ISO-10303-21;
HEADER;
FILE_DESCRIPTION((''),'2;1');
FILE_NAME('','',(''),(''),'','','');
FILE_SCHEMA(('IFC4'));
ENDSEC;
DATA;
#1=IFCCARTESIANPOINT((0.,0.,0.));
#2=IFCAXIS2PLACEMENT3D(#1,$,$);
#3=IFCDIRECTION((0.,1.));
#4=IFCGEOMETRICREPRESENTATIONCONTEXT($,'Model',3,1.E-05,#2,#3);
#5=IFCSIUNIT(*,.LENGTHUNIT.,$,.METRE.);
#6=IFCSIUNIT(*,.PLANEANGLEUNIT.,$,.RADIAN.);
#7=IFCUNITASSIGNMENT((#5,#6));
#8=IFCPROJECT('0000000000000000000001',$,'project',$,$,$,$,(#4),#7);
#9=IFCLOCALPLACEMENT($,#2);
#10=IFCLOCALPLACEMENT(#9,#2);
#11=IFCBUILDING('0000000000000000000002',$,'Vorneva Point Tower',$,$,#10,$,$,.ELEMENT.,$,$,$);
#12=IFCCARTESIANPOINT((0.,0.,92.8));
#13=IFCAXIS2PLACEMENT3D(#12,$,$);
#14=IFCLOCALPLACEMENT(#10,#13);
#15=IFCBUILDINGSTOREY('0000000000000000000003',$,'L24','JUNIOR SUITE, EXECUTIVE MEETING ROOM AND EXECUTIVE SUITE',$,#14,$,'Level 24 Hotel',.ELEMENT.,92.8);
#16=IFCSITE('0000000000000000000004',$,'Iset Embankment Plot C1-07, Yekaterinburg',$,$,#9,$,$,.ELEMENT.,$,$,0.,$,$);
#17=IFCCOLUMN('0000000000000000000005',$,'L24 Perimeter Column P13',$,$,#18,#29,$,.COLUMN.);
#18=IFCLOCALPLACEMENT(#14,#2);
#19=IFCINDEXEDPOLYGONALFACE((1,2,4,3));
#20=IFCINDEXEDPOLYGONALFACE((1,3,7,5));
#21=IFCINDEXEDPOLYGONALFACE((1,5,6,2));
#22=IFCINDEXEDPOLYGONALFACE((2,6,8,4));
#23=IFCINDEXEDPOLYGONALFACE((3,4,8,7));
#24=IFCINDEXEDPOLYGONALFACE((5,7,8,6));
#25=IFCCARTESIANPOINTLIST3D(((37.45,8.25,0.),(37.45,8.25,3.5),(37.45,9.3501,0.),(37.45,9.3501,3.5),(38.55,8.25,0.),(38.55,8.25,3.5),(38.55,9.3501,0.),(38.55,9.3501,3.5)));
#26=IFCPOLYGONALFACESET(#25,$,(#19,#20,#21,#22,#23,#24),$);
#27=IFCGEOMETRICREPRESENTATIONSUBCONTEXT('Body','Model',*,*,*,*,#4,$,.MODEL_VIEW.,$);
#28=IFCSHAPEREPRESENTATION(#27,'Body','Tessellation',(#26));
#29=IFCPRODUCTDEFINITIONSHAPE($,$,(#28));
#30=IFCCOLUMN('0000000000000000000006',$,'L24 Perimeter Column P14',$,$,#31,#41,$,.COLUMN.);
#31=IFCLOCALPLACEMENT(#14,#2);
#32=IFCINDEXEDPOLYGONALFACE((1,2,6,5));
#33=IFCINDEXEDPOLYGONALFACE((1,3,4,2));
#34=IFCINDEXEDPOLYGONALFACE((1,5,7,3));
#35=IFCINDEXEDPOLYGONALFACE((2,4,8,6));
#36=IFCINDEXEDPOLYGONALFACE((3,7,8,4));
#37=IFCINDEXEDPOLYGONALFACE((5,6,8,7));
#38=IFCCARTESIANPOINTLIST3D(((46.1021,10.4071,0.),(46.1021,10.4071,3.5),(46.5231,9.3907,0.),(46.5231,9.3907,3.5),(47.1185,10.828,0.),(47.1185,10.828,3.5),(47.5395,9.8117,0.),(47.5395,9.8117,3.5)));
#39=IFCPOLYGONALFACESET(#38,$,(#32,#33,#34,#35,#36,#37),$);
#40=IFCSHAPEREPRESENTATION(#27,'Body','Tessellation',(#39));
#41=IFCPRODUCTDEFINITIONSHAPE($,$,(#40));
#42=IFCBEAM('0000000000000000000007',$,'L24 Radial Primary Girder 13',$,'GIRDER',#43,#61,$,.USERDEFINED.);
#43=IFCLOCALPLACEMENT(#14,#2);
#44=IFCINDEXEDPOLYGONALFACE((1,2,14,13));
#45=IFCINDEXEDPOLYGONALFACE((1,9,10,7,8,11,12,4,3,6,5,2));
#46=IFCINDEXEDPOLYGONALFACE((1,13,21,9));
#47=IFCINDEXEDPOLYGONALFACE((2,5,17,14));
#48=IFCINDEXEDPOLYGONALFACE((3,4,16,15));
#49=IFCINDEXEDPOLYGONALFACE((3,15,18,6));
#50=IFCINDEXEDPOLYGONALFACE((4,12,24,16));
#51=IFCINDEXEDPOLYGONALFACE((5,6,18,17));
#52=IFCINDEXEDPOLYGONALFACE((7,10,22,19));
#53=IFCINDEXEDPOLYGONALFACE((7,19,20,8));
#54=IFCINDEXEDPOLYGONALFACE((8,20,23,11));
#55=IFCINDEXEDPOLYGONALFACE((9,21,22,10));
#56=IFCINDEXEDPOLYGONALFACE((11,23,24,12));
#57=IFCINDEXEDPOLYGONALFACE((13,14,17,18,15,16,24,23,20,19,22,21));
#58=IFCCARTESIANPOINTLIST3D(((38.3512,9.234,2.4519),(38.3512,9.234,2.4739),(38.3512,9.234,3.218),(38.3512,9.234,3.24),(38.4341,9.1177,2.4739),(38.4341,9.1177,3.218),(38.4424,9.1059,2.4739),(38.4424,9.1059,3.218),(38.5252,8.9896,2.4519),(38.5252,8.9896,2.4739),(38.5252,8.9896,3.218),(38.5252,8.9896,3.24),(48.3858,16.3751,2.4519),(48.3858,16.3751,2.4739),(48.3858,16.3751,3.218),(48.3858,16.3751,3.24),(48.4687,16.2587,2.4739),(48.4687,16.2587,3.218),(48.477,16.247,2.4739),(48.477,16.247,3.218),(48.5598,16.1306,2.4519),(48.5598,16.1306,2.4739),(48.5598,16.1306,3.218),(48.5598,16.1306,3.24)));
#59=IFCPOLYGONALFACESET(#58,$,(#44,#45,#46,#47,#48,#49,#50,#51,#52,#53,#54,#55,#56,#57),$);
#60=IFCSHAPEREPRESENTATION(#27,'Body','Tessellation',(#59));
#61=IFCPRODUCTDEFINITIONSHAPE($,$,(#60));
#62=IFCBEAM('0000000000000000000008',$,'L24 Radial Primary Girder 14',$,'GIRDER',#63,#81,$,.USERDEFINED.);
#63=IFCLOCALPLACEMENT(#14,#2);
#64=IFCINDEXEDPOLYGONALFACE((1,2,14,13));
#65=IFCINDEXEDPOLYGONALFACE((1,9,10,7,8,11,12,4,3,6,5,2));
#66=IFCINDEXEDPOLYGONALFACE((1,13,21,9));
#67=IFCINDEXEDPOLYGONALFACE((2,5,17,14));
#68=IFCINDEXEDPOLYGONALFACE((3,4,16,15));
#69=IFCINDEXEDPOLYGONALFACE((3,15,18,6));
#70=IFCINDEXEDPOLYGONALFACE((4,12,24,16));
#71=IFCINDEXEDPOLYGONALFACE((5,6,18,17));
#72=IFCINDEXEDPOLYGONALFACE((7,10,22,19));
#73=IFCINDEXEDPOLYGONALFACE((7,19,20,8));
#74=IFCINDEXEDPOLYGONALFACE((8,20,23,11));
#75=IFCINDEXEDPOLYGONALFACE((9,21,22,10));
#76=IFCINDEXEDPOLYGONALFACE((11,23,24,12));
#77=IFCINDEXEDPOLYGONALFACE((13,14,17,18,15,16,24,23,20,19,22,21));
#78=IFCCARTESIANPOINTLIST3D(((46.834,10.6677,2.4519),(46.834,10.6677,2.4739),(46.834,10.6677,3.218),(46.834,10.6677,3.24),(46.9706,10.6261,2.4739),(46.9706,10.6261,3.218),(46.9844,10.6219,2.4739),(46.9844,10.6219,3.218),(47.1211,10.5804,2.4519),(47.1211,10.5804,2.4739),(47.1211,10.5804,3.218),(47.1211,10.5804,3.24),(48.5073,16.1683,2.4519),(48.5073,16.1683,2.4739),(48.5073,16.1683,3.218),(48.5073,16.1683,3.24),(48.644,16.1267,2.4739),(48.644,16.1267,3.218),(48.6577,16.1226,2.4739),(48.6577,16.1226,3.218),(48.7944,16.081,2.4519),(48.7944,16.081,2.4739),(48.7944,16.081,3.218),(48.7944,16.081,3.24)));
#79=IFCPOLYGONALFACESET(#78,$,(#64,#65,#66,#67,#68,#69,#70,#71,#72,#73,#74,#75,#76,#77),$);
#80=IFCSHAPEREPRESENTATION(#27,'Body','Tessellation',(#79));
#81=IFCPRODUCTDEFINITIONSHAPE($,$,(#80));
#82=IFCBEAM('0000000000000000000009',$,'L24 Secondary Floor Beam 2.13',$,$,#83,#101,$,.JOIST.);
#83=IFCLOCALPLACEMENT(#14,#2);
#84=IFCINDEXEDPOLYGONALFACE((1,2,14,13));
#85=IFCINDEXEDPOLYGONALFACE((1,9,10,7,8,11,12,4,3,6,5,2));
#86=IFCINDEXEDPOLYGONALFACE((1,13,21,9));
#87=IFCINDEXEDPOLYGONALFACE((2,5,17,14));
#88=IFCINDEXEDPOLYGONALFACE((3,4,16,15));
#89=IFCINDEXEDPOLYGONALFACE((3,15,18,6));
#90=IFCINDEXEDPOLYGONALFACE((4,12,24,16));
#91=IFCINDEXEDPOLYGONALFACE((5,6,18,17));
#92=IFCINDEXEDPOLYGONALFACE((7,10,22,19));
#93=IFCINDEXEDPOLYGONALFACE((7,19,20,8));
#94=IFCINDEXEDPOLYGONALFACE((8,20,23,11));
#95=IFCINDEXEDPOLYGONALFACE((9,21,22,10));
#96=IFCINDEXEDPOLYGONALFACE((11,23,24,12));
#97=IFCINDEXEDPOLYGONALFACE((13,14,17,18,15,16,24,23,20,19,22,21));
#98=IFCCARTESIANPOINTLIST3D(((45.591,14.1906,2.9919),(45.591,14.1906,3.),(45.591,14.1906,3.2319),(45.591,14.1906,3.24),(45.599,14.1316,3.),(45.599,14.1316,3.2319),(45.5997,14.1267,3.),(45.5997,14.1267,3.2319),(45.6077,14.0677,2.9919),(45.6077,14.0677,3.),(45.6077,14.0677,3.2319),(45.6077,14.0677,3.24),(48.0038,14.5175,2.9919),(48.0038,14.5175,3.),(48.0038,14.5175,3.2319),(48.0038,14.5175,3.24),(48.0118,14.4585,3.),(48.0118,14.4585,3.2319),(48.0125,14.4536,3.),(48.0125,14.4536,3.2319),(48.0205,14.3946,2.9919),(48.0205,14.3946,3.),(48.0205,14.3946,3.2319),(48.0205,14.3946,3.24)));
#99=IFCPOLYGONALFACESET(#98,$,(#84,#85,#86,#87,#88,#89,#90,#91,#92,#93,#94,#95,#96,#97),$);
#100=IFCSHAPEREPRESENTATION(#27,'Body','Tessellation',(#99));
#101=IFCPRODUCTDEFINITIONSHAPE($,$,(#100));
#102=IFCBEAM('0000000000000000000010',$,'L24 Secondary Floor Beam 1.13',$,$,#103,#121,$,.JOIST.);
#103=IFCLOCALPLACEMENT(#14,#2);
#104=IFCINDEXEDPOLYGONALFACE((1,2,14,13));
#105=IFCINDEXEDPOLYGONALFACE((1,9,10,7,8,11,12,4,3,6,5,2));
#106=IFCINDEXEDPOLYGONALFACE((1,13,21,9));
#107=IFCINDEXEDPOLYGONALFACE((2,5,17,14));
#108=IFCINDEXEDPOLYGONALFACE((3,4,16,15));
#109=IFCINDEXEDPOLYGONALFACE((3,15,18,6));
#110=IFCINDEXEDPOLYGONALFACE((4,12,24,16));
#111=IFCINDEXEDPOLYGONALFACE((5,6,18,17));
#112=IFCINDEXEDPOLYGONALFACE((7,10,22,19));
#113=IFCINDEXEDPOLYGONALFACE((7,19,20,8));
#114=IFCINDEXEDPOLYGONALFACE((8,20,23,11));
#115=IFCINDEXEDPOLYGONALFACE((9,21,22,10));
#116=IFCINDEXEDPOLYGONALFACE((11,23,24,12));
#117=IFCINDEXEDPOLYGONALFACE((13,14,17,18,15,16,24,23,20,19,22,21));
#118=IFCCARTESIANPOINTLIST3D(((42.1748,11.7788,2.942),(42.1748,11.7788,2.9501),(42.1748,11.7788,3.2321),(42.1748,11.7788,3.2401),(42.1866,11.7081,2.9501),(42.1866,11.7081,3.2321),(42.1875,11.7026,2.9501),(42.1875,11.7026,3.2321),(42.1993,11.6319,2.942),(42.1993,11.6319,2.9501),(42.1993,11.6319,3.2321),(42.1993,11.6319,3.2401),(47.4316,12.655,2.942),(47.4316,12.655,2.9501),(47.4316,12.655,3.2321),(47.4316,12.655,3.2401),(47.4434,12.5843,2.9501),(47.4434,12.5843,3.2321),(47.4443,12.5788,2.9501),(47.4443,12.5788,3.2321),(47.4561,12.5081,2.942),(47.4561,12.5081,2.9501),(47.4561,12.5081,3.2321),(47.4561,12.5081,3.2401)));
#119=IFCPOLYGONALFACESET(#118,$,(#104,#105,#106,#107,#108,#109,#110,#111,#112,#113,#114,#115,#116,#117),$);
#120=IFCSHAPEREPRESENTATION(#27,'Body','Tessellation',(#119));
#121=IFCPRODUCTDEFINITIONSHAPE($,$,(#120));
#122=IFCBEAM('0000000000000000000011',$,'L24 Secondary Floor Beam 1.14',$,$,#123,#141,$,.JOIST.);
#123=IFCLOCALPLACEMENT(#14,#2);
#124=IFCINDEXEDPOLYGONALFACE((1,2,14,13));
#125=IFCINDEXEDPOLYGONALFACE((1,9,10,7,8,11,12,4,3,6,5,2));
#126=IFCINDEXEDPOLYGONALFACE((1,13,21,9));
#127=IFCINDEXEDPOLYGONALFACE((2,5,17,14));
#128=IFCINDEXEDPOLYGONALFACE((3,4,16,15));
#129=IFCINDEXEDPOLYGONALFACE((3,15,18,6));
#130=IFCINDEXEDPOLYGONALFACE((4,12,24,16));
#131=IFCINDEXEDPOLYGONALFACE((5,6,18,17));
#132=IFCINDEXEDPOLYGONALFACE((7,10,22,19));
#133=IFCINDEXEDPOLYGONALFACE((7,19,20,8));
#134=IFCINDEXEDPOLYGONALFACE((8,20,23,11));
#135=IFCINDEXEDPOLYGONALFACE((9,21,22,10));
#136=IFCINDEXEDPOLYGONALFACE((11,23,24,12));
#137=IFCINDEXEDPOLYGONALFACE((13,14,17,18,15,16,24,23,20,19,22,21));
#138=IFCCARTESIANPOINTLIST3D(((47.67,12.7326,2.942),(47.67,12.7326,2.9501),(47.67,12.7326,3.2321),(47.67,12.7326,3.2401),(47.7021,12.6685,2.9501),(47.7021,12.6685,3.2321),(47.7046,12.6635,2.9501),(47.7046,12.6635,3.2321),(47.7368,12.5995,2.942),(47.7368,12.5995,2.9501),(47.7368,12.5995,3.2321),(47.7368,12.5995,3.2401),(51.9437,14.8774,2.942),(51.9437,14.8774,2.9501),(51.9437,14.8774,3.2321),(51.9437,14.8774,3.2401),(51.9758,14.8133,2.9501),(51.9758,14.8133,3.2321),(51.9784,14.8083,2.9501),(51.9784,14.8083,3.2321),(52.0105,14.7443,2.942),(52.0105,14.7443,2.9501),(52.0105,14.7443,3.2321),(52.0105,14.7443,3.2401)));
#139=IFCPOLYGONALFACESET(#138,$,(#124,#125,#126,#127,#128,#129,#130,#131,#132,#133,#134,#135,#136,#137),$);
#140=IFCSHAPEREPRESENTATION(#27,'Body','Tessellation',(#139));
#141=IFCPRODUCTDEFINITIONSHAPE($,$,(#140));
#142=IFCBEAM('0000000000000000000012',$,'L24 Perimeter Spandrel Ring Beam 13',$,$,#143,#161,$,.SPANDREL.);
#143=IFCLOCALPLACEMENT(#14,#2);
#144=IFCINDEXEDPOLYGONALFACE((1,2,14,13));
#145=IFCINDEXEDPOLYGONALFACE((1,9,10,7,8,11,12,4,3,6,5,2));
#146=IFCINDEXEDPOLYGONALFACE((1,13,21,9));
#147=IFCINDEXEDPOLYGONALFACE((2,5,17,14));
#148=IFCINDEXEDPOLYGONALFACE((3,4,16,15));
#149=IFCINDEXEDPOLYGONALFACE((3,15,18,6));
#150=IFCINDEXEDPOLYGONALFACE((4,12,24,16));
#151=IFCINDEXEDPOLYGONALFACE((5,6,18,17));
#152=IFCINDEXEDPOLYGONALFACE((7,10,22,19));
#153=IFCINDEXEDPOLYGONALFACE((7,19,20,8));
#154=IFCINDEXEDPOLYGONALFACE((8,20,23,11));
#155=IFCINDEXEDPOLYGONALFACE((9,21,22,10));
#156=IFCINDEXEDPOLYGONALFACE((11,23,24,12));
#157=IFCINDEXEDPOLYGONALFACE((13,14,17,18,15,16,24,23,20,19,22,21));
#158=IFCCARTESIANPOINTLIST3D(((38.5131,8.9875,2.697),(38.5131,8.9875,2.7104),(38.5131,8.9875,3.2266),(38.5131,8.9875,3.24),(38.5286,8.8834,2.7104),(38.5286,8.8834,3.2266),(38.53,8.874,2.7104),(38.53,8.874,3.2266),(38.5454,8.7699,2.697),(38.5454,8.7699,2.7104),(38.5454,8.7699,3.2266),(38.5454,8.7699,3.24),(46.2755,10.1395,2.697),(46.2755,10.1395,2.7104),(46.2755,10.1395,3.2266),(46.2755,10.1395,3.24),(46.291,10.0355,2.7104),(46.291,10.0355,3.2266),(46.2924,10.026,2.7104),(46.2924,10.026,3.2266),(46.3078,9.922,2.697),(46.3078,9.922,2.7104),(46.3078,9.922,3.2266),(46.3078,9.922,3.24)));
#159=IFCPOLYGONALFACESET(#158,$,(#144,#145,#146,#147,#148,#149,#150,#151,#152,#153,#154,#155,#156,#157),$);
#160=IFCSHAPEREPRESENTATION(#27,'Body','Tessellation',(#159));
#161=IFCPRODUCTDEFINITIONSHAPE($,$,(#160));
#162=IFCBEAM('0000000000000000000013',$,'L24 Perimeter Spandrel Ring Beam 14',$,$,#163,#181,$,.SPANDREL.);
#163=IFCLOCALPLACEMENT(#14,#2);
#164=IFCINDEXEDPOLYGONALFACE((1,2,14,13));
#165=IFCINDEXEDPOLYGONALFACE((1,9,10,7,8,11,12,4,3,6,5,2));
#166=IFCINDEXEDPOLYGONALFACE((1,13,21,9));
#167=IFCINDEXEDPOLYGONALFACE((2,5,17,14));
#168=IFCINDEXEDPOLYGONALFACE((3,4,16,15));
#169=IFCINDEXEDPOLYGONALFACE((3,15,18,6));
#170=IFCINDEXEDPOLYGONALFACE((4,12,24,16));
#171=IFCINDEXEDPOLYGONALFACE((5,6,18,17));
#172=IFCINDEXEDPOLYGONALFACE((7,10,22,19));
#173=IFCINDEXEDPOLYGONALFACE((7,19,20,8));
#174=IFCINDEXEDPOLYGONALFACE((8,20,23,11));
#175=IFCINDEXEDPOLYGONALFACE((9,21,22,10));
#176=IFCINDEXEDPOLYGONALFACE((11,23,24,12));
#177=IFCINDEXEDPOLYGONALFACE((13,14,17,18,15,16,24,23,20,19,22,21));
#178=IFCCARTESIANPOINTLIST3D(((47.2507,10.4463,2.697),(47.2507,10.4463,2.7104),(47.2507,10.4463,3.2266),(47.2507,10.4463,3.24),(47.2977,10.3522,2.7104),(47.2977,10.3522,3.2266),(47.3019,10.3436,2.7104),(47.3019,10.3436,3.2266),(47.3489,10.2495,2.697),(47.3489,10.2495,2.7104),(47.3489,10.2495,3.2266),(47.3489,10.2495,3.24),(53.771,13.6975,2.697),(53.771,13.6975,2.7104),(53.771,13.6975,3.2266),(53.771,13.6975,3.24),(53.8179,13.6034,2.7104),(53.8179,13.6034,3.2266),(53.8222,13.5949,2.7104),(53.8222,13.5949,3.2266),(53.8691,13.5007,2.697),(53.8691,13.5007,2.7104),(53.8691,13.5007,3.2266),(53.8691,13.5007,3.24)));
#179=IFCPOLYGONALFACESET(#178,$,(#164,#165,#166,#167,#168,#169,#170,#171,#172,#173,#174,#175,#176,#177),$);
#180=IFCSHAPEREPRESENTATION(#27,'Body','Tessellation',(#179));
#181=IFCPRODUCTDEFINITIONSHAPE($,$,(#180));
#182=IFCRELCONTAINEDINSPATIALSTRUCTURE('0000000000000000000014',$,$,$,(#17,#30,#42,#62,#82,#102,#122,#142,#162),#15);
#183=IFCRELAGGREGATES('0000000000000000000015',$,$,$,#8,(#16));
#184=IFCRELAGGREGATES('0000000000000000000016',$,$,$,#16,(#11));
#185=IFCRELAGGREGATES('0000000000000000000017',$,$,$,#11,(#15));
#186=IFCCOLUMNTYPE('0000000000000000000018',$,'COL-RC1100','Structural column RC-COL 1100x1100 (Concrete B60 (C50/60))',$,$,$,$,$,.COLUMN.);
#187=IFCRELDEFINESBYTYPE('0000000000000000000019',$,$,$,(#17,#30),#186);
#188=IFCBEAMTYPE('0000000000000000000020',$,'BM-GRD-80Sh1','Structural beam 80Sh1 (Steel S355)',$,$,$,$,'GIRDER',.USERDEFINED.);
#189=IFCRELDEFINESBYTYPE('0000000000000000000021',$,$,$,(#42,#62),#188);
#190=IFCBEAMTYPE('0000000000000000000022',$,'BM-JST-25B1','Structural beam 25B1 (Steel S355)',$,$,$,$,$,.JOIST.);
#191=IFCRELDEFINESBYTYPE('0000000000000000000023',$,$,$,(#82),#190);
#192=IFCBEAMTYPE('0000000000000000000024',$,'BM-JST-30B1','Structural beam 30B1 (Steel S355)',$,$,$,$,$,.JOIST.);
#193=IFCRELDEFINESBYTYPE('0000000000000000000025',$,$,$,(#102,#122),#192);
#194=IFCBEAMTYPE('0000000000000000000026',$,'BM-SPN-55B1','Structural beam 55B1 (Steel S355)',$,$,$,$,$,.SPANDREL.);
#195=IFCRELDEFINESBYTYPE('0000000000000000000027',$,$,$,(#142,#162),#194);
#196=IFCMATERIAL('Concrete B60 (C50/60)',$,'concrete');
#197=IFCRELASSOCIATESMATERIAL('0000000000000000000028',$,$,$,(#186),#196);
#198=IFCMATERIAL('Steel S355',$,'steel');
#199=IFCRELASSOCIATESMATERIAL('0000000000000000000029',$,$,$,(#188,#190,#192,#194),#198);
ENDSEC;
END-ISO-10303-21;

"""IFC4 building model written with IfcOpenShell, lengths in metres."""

from ifc_helpers import new_model, si_unit, direction, frame, origin, origin_2d, place, context, subcontext, project, spatial, rectangle, i_section, extrude, material, material_profile, profile_set, type_object, element, save


model = new_model("IFC4")

# Units and contexts
model_context = context("Model", 3, precision=1e-05, world=origin(), true_north=direction((0.0, 1.0)))
body_context = subcontext(model_context, "Body", "Model", "MODEL_VIEW")
ifc_project = project(units=[si_unit("LENGTHUNIT", "METRE"), si_unit("PLANEANGLEUNIT", "RADIAN")], contexts=[model_context])

# Site, building, storey
site_placement = place(None, origin())
site = spatial("IfcSite", under=ifc_project, at=site_placement, Name="Iset Embankment Plot C1-07, Yekaterinburg", CompositionType="ELEMENT", RefElevation=0.0)
building_placement = place(site_placement, origin())
building = spatial("IfcBuilding", under=site, at=building_placement, Name="Vorneva Point Tower", CompositionType="ELEMENT")
storey_placement = place(building_placement, frame((0.0, 0.0, 92.8)))
storey = spatial("IfcBuildingStorey", under=building, at=storey_placement, Name="L24", Description="JUNIOR SUITE, EXECUTIVE MEETING ROOM AND EXECUTIVE SUITE", LongName="Level 24 Hotel", CompositionType="ELEMENT", Elevation=92.8)

# Columns
ifc_material_1 = material(Name="Concrete B60 (C50/60)", Category="concrete")
ifc_material_profile_1 = material_profile(ifc_material_1, rectangle(XDim=1.1001, YDim=1.1001, at=origin_2d()), Name="RC-COL 1100x1100")
ifc_profile_set_1 = profile_set([ifc_material_profile_1], Name="Concrete B60 (C50/60)")
column_type = type_object("IfcColumnType", Name="COL-RC1100", Description="Structural column RC-COL 1100x1100 (Concrete B60 (C50/60))", PredefinedType="COLUMN", material=ifc_profile_set_1)
for number, where, z_axis, x_axis, name in (
    (1, (38.0, 8.8, 0.0), (0.0, 0.0, 1.0), (0.0, -1.0, 0.0), "L24 Perimeter Column P13"),
    (2, (46.8208, 10.1094, 0.0), (0.0, 0.0, 1.0), (0.382683, -0.92388, 0.0), "L24 Perimeter Column P14"),
):
    element("IfcColumn", number, at=place(storey_placement, frame(where, z_axis=z_axis, x_axis=x_axis)), inside=storey, type_object=column_type, Name=name, PredefinedType="COLUMN", context=body_context, shape_type="SweptSolid", body=[
        extrude(rectangle(XDim=1.1001, YDim=1.1001, at=origin_2d()), origin(), (0.0, 0.0, 1.0), 3.5),
    ])

# Beams
ifc_material_2 = material(Name="Steel S355", Category="steel")
ifc_material_profile_2 = material_profile(ifc_material_2, i_section(OverallWidth=0.3, OverallDepth=0.7881, WebThickness=0.0144, FlangeThickness=0.022, at=origin_2d()), Name="80Sh1")
ifc_profile_set_2 = profile_set([ifc_material_profile_2], Name="Steel S355")
beam_type_1 = type_object("IfcBeamType", Name="BM-GRD-80Sh1", Description="Structural beam 80Sh1 (Steel S355)", ElementType="GIRDER", PredefinedType="USERDEFINED", material=ifc_profile_set_2)
beam_1_placement = place(storey_placement, frame((38.4382, 9.1118, 2.8459), z_axis=(0.81475, 0.579812, 0.0), x_axis=(-0.579812, 0.81475, 0.0)))
element("IfcBeam", 3, at=beam_1_placement, inside=storey, type_object=beam_type_1, Name="L24 Radial Primary Girder 13", ObjectType="GIRDER", PredefinedType="USERDEFINED", context=body_context, shape_type="SweptSolid", body=[
    extrude(i_section(OverallWidth=0.3, OverallDepth=0.7881, WebThickness=0.0144, FlangeThickness=0.022, at=origin_2d()), origin(), (0.0, 0.0, 1.0), 12.3162),
])
beam_2_placement = place(storey_placement, frame((46.9775, 10.624, 2.8459), z_axis=(0.291035, 0.956712, 0.0), x_axis=(-0.956712, 0.291035, 0.0)))
element("IfcBeam", 4, at=beam_2_placement, inside=storey, type_object=beam_type_1, Name="L24 Radial Primary Girder 14", ObjectType="GIRDER", PredefinedType="USERDEFINED", context=body_context, shape_type="SweptSolid", body=[
    extrude(i_section(OverallWidth=0.3, OverallDepth=0.7881, WebThickness=0.0144, FlangeThickness=0.022, at=origin_2d()), origin(), (0.0, 0.0, 1.0), 5.7495),
])
ifc_material_profile_3 = material_profile(ifc_material_2, i_section(OverallWidth=0.124, OverallDepth=0.248, WebThickness=0.0049, FlangeThickness=0.0081, at=origin_2d()), Name="25B1")
ifc_profile_set_3 = profile_set([ifc_material_profile_3], Name="Steel S355")
beam_type_2 = type_object("IfcBeamType", Name="BM-JST-25B1", Description="Structural beam 25B1 (Steel S355)", PredefinedType="JOIST", material=ifc_profile_set_3)
beam_3_placement = place(storey_placement, frame((45.5994, 14.1292, 3.116), z_axis=(0.990946, 0.134259, 0.0), x_axis=(-0.134259, 0.990946, 0.0)))
element("IfcBeam", 5, at=beam_3_placement, inside=storey, type_object=beam_type_2, Name="L24 Secondary Floor Beam 2.13", PredefinedType="JOIST", context=body_context, shape_type="SweptSolid", body=[
    extrude(i_section(OverallWidth=0.124, OverallDepth=0.248, WebThickness=0.0049, FlangeThickness=0.0081, at=origin_2d()), origin(), (0.0, 0.0, 1.0), 2.4348),
])
ifc_material_profile_4 = material_profile(ifc_material_2, i_section(OverallWidth=0.1489, OverallDepth=0.2981, WebThickness=0.0056, FlangeThickness=0.0081, at=origin_2d()), Name="30B1")
ifc_profile_set_4 = profile_set([ifc_material_profile_4], Name="Steel S355")
beam_type_3 = type_object("IfcBeamType", Name="BM-JST-30B1", Description="Structural beam 30B1 (Steel S355)", PredefinedType="JOIST", material=ifc_profile_set_4)
beam_4_placement = place(storey_placement, frame((42.187, 11.7053, 3.0911), z_axis=(0.986391, 0.164414, 0.0), x_axis=(-0.164414, 0.986391, 0.0)))
element("IfcBeam", 6, at=beam_4_placement, inside=storey, type_object=beam_type_3, Name="L24 Secondary Floor Beam 1.13", PredefinedType="JOIST", context=body_context, shape_type="SweptSolid", body=[
    extrude(i_section(OverallWidth=0.1489, OverallDepth=0.2981, WebThickness=0.0056, FlangeThickness=0.0081, at=origin_2d()), origin(), (0.0, 0.0, 1.0), 5.3293),
])
beam_5_placement = place(storey_placement, frame((47.7034, 12.666, 3.0911), z_axis=(0.893762, 0.448541, 0.0), x_axis=(-0.448541, 0.893762, 0.0)))
element("IfcBeam", 7, at=beam_5_placement, inside=storey, type_object=beam_type_3, Name="L24 Secondary Floor Beam 1.14", PredefinedType="JOIST", context=body_context, shape_type="SweptSolid", body=[
    extrude(i_section(OverallWidth=0.1489, OverallDepth=0.2981, WebThickness=0.0056, FlangeThickness=0.0081, at=origin_2d()), origin(), (0.0, 0.0, 1.0), 4.7817),
])
ifc_material_profile_5 = material_profile(ifc_material_2, i_section(OverallWidth=0.22, OverallDepth=0.543, WebThickness=0.0095, FlangeThickness=0.0134, at=origin_2d()), Name="55B1")
ifc_profile_set_5 = profile_set([ifc_material_profile_5], Name="Steel S355")
beam_type_4 = type_object("IfcBeamType", Name="BM-SPN-55B1", Description="Structural beam 55B1 (Steel S355)", PredefinedType="SPANDREL", material=ifc_profile_set_5)
beam_6_placement = place(storey_placement, frame((38.5293, 8.8787, 2.9685), z_axis=(0.989165, 0.146811, 0.0), x_axis=(-0.146811, 0.989165, 0.0)))
element("IfcBeam", 8, at=beam_6_placement, inside=storey, type_object=beam_type_4, Name="L24 Perimeter Spandrel Ring Beam 13", PredefinedType="SPANDREL", context=body_context, shape_type="SweptSolid", body=[
    extrude(i_section(OverallWidth=0.22, OverallDepth=0.543, WebThickness=0.0095, FlangeThickness=0.0134, at=origin_2d()), origin(), (0.0, 0.0, 1.0), 7.8474),
])
beam_7_placement = place(storey_placement, frame((47.2998, 10.3479, 2.9685), z_axis=(0.894916, 0.446235, 0.0), x_axis=(-0.446235, 0.894916, 0.0)))
element("IfcBeam", 9, at=beam_7_placement, inside=storey, type_object=beam_type_4, Name="L24 Perimeter Spandrel Ring Beam 14", PredefinedType="SPANDREL", context=body_context, shape_type="SweptSolid", body=[
    extrude(i_section(OverallWidth=0.22, OverallDepth=0.543, WebThickness=0.0095, FlangeThickness=0.0134, at=origin_2d()), origin(), (0.0, 0.0, 1.0), 7.2859),
])

save(model, "model.ifc")
